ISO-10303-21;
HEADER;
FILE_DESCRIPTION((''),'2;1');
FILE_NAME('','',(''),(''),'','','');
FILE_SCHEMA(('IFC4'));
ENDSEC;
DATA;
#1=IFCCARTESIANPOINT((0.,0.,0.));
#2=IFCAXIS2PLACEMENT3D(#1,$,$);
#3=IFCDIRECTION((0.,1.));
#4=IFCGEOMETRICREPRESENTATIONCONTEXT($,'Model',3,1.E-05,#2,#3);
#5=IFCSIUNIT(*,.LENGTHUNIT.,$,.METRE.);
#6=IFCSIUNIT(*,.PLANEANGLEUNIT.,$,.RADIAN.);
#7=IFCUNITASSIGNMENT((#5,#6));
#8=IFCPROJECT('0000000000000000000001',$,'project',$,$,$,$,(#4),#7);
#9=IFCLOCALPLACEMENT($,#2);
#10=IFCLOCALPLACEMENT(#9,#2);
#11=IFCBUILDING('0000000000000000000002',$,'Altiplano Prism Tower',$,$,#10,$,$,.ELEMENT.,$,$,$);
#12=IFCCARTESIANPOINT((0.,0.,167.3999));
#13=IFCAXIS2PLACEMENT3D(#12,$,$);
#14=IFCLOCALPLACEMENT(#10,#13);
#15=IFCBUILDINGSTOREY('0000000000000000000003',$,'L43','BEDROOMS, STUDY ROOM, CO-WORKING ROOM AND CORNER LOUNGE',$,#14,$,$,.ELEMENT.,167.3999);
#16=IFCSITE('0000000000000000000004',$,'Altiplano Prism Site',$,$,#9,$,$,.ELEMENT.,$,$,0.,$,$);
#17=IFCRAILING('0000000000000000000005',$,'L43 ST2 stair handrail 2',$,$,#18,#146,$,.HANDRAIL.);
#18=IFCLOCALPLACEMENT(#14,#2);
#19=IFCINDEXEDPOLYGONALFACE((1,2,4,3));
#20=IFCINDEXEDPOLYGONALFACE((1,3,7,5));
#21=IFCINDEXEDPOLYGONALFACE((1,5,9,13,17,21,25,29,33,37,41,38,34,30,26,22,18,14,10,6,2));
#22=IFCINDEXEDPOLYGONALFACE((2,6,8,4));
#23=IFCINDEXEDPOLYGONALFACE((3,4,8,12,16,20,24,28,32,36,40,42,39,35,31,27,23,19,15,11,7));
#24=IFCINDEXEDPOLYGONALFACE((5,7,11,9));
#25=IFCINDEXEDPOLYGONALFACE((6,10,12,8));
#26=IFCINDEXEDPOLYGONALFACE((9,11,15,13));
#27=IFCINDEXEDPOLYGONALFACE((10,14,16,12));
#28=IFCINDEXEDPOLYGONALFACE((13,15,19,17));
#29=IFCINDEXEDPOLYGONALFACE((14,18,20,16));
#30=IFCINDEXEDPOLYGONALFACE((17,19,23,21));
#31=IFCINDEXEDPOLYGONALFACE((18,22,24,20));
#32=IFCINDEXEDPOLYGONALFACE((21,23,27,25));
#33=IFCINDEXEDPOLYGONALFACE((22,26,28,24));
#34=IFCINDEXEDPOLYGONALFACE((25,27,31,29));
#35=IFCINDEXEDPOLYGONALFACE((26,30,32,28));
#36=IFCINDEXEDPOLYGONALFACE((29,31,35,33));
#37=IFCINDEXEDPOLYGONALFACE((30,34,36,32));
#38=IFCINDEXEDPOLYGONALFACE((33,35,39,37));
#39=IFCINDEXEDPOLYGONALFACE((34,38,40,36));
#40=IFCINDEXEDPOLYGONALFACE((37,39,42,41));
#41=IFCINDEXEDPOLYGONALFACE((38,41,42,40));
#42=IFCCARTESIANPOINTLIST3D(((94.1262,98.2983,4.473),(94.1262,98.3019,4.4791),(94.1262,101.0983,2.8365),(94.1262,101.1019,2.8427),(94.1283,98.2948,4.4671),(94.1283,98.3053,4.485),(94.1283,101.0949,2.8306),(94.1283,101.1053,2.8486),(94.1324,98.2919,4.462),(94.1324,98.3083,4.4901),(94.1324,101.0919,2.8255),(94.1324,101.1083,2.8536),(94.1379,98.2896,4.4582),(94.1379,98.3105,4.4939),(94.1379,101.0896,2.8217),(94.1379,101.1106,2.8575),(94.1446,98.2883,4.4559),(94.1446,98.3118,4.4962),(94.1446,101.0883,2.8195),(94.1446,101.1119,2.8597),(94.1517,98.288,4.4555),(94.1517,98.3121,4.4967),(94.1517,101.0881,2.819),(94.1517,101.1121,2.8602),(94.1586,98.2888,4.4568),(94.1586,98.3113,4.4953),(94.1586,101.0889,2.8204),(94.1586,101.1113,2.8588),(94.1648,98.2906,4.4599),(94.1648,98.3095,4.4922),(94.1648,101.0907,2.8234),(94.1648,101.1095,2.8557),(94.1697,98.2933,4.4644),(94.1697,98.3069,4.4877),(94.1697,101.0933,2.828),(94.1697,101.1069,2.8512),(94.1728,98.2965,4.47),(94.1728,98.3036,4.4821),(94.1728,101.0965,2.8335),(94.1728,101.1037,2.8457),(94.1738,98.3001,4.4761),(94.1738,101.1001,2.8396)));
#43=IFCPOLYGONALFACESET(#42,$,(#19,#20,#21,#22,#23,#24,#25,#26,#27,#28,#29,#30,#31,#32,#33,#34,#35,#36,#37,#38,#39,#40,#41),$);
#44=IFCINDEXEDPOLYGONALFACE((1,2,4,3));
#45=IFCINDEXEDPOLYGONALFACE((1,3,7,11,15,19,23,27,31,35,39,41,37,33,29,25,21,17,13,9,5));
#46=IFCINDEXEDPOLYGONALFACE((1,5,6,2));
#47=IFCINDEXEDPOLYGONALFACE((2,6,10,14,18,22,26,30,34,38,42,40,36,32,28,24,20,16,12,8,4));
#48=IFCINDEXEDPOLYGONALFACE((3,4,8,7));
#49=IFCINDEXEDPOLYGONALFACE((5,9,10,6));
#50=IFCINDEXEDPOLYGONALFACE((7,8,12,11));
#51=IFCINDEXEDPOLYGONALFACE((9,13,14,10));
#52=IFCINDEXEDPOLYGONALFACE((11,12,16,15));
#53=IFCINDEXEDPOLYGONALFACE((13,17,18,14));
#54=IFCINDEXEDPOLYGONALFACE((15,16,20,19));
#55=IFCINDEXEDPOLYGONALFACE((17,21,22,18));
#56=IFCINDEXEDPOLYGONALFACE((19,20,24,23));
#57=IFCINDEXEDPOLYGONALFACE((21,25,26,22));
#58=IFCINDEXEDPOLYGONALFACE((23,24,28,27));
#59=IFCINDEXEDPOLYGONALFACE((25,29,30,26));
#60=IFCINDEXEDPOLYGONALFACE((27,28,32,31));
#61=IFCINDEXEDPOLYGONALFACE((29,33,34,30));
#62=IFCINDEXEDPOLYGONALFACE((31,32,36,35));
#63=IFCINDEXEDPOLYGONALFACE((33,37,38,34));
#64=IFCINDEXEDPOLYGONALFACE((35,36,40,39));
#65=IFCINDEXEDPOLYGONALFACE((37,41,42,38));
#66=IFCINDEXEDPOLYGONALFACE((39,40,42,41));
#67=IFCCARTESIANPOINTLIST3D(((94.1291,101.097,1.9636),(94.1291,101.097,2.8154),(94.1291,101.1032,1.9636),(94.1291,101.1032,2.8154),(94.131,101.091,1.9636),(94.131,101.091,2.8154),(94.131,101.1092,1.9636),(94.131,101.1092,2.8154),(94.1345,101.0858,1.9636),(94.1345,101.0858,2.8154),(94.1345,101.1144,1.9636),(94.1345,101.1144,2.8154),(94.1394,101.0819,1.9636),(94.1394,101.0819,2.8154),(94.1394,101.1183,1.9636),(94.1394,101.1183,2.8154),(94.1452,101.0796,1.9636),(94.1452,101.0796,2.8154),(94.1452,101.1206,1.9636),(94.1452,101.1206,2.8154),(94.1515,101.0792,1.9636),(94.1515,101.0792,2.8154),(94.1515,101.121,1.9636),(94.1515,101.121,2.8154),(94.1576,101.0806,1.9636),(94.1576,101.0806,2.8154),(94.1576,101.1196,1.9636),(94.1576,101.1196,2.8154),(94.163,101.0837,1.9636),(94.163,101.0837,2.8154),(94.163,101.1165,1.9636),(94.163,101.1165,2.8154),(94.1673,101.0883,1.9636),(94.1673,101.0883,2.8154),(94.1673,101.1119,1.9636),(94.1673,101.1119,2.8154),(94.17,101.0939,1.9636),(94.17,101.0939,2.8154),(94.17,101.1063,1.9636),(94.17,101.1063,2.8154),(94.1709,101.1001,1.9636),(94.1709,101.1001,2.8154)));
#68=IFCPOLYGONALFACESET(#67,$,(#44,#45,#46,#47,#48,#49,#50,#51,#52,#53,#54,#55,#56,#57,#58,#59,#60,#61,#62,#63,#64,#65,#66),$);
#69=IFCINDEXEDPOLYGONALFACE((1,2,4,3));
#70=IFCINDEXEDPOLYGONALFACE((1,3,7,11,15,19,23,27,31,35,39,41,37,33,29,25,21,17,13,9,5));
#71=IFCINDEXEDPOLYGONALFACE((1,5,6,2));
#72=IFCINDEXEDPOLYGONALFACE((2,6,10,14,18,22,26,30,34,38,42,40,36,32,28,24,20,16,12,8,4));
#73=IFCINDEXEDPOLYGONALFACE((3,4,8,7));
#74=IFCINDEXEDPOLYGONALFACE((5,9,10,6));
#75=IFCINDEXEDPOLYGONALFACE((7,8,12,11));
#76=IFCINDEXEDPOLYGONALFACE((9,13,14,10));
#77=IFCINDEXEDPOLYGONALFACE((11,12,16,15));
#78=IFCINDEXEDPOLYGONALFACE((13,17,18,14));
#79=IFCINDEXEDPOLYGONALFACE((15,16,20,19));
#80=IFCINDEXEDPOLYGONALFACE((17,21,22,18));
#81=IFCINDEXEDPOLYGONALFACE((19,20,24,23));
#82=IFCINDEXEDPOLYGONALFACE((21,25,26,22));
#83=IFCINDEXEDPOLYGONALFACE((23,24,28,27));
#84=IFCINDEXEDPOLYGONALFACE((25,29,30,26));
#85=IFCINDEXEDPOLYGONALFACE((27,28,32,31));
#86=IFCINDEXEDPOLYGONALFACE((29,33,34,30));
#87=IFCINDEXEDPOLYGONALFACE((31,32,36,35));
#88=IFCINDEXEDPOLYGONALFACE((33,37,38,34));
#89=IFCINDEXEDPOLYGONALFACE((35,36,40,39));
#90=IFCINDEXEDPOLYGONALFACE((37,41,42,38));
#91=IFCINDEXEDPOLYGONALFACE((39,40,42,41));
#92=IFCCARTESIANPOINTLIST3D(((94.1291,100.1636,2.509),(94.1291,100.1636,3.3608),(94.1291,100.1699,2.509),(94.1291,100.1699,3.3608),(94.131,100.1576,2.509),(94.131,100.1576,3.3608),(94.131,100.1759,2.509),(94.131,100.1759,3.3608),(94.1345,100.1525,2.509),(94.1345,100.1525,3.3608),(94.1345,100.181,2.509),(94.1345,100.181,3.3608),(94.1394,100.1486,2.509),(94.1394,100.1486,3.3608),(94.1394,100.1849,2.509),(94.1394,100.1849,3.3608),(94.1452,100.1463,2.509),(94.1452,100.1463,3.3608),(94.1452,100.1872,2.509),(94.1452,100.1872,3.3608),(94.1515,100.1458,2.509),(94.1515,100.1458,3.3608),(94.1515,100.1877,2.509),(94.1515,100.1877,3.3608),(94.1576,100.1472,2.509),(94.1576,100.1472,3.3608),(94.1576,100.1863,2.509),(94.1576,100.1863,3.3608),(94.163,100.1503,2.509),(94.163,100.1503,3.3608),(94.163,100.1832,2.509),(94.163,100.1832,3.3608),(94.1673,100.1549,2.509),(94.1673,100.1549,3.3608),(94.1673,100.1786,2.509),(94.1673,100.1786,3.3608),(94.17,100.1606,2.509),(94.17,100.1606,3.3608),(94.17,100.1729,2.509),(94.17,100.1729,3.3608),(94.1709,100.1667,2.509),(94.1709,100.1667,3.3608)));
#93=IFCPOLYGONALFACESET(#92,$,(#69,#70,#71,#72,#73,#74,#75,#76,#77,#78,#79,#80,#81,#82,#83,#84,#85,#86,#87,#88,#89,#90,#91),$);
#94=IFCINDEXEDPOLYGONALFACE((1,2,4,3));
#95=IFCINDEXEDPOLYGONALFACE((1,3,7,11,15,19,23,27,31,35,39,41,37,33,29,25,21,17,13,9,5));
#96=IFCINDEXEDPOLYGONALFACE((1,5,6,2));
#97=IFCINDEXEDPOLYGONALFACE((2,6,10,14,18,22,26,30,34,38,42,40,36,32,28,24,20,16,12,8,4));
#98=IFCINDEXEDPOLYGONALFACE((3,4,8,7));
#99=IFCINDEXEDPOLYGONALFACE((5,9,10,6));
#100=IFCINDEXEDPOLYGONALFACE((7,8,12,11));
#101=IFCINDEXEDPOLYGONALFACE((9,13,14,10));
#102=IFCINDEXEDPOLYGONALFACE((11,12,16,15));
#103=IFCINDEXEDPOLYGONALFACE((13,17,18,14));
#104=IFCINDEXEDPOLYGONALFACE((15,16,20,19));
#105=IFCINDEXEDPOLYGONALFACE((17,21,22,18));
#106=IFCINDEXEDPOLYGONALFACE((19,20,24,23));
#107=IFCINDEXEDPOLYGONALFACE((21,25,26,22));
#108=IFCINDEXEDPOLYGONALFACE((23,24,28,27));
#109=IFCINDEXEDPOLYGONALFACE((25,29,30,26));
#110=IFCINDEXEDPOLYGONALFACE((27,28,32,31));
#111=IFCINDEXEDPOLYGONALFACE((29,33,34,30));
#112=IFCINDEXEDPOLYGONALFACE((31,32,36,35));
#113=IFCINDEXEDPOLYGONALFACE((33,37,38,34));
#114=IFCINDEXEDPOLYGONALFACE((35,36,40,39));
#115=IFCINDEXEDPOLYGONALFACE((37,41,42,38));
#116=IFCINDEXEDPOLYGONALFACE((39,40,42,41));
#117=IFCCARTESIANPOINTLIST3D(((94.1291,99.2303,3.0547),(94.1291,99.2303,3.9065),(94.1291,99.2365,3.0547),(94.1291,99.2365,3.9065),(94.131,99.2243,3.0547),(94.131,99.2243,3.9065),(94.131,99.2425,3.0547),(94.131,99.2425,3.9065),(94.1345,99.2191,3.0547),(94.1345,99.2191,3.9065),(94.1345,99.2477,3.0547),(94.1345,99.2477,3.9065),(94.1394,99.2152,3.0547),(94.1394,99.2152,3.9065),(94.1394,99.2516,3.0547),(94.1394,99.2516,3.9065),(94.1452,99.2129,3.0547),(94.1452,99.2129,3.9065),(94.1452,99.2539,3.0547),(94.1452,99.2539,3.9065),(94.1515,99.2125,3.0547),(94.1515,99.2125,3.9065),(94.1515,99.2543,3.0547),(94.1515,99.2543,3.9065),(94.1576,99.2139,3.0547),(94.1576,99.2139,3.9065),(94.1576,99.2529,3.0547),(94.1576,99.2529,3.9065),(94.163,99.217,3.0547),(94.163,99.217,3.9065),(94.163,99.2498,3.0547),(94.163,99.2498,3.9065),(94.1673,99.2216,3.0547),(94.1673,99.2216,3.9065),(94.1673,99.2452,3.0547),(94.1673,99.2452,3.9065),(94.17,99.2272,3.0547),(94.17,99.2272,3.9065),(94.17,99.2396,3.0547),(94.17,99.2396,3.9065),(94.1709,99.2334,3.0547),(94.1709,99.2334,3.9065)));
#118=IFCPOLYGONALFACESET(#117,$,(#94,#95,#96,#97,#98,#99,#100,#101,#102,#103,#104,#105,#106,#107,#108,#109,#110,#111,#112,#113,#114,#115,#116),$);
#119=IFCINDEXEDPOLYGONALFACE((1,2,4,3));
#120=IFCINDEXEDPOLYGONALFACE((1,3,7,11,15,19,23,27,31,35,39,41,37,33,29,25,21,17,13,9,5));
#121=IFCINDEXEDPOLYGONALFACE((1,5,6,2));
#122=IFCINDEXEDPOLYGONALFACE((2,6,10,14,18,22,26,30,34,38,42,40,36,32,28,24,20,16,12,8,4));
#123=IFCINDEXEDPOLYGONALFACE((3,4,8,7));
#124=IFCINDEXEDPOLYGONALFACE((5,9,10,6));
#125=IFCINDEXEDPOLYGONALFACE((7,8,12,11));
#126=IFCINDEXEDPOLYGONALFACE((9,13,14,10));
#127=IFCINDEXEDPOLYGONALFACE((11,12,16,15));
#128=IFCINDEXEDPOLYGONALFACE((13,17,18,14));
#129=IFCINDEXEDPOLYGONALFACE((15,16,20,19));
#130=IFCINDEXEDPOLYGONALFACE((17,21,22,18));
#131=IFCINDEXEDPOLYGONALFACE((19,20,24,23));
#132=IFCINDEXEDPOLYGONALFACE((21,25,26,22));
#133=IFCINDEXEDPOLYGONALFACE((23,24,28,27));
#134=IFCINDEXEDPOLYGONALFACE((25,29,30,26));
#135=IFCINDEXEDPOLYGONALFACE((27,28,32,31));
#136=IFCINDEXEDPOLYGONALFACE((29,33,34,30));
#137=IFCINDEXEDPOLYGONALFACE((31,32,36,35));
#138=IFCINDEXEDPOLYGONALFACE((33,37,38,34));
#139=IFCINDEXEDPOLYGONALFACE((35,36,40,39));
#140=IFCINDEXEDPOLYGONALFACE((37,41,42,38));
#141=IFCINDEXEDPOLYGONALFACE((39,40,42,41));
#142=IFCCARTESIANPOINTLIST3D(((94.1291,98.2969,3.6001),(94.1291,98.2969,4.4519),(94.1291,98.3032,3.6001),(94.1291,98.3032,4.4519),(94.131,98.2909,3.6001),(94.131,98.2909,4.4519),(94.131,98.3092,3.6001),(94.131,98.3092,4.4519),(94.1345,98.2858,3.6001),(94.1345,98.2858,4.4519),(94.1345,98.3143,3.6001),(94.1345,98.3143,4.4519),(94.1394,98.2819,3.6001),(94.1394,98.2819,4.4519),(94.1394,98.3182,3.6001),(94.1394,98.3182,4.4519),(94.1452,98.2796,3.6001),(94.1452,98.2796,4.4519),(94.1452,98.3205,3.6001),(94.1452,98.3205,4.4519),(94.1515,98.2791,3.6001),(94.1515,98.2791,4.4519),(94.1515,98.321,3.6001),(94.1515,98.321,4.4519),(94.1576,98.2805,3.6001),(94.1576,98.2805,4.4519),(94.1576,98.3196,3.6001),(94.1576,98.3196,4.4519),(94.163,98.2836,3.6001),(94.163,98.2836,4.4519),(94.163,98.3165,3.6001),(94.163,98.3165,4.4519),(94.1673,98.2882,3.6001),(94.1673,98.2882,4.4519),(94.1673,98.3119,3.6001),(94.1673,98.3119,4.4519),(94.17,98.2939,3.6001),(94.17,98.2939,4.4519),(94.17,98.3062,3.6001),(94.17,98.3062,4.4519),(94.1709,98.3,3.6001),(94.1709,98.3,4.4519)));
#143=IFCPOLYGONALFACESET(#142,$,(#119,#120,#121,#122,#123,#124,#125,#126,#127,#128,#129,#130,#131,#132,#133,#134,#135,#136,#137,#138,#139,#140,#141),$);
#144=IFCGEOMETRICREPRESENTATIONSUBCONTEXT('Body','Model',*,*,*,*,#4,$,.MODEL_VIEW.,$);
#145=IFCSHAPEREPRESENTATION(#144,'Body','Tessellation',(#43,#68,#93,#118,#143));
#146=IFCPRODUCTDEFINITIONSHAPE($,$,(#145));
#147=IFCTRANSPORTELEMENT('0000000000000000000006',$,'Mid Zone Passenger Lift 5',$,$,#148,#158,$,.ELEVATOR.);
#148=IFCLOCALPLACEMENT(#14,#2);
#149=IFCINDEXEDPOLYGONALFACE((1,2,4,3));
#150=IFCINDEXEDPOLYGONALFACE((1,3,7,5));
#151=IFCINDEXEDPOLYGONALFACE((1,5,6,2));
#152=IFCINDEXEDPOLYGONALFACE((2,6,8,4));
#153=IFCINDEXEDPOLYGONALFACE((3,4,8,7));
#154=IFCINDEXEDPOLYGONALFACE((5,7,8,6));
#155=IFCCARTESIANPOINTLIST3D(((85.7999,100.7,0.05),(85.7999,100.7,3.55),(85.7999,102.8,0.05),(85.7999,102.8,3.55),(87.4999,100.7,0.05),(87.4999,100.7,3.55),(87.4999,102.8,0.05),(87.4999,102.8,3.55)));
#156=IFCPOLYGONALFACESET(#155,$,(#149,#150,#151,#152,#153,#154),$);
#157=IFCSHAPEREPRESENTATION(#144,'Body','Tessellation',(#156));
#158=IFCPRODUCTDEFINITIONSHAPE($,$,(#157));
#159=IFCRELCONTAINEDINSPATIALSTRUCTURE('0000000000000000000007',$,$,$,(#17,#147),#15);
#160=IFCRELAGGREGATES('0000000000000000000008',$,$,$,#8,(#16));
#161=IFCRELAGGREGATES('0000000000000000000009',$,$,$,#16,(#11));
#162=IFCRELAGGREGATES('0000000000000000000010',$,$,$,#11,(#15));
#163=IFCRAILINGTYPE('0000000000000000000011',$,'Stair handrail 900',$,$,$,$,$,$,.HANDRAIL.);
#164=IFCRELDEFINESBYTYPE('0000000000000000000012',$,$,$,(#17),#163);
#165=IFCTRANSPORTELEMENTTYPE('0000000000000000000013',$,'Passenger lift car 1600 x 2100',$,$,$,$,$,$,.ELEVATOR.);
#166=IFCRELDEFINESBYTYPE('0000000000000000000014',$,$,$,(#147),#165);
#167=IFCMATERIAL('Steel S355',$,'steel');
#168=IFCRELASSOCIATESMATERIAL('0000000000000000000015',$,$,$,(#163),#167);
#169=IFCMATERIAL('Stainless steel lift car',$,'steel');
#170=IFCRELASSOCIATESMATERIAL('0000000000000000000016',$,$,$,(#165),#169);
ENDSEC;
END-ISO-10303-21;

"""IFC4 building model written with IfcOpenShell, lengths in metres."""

from ifc_helpers import new_model, si_unit, direction, frame, origin, origin_2d, place, context, subcontext, project, spatial, rectangle, circle, extrude, material, type_object, element, save


model = new_model("IFC4")

# Units and contexts
model_context = context("Model", 3, precision=1e-05, world=origin(), true_north=direction((0.0, 1.0)))
body_context = subcontext(model_context, "Body", "Model", "MODEL_VIEW")
ifc_project = project(units=[si_unit("LENGTHUNIT", "METRE"), si_unit("PLANEANGLEUNIT", "RADIAN")], contexts=[model_context])

# Site, building, storey
site_placement = place(None, origin())
site = spatial("IfcSite", under=ifc_project, at=site_placement, Name="Altiplano Prism Site", CompositionType="ELEMENT", RefElevation=0.0)
building_placement = place(site_placement, origin())
building = spatial("IfcBuilding", under=site, at=building_placement, Name="Altiplano Prism Tower", CompositionType="ELEMENT")
storey_placement = place(building_placement, frame((0.0, 0.0, 167.3999)))
storey = spatial("IfcBuildingStorey", under=building, at=storey_placement, Name="L43", Description="BEDROOMS, STUDY ROOM, CO-WORKING ROOM AND CORNER LOUNGE", CompositionType="ELEMENT", Elevation=167.3999)

# Railing
ifc_material_1 = material(Name="Steel S355", Category="steel")
railing_type_1 = type_object("IfcRailingType", Name="Stair handrail 900", PredefinedType="HANDRAIL", material=ifc_material_1)
railing_1_placement = place(storey_placement, frame((94.1499, 101.1001, 1.9636)))
element("IfcRailing", 1, at=railing_1_placement, inside=storey, type_object=railing_type_1, Name="L43 ST2 stair handrail 2", PredefinedType="HANDRAIL", context=body_context, shape_type="SweptSolid", body=[
    extrude(circle(Radius=0.0239, at=origin_2d()), frame((0.0, 0.0, 0.876), z_axis=(0.0, -0.863361, 0.504587), x_axis=(1.0, 0.0, 0.0)), (0.0, 0.0, 1.0), 3.2432),
    extrude(circle(Radius=0.021, at=origin_2d()), origin(), (0.0, 0.0, 1.0), 0.8518),
    extrude(circle(Radius=0.021, at=origin_2d()), frame((0.0, -0.9333, 0.5454)), (0.0, 0.0, 1.0), 0.8518),
    extrude(circle(Radius=0.021, at=origin_2d()), frame((0.0, -1.8667, 1.0911)), (0.0, 0.0, 1.0), 0.8518),
    extrude(circle(Radius=0.021, at=origin_2d()), frame((0.0, -2.8, 1.6365)), (0.0, 0.0, 1.0), 0.8518),
])

# Transport element
ifc_material_2 = material(Name="Stainless steel lift car", Category="steel")
transport_element_type = type_object("IfcTransportElementType", Name="Passenger lift car 1600 x 2100", PredefinedType="ELEVATOR", material=ifc_material_2)
transport_element_placement = place(storey_placement, frame((86.6499, 101.75, 0.05), z_axis=(0.0, 0.0, 1.0), x_axis=(1.0, 0.0, 0.0)))
element("IfcTransportElement", 2, at=transport_element_placement, inside=storey, type_object=transport_element_type, Name="Mid Zone Passenger Lift 5", PredefinedType="ELEVATOR", context=body_context, shape_type="SweptSolid", body=[
    extrude(rectangle(XDim=1.7, YDim=2.1001, at=origin_2d()), origin(), (0.0, 0.0, 1.0), 3.5),
])

save(model, "model.ifc")
